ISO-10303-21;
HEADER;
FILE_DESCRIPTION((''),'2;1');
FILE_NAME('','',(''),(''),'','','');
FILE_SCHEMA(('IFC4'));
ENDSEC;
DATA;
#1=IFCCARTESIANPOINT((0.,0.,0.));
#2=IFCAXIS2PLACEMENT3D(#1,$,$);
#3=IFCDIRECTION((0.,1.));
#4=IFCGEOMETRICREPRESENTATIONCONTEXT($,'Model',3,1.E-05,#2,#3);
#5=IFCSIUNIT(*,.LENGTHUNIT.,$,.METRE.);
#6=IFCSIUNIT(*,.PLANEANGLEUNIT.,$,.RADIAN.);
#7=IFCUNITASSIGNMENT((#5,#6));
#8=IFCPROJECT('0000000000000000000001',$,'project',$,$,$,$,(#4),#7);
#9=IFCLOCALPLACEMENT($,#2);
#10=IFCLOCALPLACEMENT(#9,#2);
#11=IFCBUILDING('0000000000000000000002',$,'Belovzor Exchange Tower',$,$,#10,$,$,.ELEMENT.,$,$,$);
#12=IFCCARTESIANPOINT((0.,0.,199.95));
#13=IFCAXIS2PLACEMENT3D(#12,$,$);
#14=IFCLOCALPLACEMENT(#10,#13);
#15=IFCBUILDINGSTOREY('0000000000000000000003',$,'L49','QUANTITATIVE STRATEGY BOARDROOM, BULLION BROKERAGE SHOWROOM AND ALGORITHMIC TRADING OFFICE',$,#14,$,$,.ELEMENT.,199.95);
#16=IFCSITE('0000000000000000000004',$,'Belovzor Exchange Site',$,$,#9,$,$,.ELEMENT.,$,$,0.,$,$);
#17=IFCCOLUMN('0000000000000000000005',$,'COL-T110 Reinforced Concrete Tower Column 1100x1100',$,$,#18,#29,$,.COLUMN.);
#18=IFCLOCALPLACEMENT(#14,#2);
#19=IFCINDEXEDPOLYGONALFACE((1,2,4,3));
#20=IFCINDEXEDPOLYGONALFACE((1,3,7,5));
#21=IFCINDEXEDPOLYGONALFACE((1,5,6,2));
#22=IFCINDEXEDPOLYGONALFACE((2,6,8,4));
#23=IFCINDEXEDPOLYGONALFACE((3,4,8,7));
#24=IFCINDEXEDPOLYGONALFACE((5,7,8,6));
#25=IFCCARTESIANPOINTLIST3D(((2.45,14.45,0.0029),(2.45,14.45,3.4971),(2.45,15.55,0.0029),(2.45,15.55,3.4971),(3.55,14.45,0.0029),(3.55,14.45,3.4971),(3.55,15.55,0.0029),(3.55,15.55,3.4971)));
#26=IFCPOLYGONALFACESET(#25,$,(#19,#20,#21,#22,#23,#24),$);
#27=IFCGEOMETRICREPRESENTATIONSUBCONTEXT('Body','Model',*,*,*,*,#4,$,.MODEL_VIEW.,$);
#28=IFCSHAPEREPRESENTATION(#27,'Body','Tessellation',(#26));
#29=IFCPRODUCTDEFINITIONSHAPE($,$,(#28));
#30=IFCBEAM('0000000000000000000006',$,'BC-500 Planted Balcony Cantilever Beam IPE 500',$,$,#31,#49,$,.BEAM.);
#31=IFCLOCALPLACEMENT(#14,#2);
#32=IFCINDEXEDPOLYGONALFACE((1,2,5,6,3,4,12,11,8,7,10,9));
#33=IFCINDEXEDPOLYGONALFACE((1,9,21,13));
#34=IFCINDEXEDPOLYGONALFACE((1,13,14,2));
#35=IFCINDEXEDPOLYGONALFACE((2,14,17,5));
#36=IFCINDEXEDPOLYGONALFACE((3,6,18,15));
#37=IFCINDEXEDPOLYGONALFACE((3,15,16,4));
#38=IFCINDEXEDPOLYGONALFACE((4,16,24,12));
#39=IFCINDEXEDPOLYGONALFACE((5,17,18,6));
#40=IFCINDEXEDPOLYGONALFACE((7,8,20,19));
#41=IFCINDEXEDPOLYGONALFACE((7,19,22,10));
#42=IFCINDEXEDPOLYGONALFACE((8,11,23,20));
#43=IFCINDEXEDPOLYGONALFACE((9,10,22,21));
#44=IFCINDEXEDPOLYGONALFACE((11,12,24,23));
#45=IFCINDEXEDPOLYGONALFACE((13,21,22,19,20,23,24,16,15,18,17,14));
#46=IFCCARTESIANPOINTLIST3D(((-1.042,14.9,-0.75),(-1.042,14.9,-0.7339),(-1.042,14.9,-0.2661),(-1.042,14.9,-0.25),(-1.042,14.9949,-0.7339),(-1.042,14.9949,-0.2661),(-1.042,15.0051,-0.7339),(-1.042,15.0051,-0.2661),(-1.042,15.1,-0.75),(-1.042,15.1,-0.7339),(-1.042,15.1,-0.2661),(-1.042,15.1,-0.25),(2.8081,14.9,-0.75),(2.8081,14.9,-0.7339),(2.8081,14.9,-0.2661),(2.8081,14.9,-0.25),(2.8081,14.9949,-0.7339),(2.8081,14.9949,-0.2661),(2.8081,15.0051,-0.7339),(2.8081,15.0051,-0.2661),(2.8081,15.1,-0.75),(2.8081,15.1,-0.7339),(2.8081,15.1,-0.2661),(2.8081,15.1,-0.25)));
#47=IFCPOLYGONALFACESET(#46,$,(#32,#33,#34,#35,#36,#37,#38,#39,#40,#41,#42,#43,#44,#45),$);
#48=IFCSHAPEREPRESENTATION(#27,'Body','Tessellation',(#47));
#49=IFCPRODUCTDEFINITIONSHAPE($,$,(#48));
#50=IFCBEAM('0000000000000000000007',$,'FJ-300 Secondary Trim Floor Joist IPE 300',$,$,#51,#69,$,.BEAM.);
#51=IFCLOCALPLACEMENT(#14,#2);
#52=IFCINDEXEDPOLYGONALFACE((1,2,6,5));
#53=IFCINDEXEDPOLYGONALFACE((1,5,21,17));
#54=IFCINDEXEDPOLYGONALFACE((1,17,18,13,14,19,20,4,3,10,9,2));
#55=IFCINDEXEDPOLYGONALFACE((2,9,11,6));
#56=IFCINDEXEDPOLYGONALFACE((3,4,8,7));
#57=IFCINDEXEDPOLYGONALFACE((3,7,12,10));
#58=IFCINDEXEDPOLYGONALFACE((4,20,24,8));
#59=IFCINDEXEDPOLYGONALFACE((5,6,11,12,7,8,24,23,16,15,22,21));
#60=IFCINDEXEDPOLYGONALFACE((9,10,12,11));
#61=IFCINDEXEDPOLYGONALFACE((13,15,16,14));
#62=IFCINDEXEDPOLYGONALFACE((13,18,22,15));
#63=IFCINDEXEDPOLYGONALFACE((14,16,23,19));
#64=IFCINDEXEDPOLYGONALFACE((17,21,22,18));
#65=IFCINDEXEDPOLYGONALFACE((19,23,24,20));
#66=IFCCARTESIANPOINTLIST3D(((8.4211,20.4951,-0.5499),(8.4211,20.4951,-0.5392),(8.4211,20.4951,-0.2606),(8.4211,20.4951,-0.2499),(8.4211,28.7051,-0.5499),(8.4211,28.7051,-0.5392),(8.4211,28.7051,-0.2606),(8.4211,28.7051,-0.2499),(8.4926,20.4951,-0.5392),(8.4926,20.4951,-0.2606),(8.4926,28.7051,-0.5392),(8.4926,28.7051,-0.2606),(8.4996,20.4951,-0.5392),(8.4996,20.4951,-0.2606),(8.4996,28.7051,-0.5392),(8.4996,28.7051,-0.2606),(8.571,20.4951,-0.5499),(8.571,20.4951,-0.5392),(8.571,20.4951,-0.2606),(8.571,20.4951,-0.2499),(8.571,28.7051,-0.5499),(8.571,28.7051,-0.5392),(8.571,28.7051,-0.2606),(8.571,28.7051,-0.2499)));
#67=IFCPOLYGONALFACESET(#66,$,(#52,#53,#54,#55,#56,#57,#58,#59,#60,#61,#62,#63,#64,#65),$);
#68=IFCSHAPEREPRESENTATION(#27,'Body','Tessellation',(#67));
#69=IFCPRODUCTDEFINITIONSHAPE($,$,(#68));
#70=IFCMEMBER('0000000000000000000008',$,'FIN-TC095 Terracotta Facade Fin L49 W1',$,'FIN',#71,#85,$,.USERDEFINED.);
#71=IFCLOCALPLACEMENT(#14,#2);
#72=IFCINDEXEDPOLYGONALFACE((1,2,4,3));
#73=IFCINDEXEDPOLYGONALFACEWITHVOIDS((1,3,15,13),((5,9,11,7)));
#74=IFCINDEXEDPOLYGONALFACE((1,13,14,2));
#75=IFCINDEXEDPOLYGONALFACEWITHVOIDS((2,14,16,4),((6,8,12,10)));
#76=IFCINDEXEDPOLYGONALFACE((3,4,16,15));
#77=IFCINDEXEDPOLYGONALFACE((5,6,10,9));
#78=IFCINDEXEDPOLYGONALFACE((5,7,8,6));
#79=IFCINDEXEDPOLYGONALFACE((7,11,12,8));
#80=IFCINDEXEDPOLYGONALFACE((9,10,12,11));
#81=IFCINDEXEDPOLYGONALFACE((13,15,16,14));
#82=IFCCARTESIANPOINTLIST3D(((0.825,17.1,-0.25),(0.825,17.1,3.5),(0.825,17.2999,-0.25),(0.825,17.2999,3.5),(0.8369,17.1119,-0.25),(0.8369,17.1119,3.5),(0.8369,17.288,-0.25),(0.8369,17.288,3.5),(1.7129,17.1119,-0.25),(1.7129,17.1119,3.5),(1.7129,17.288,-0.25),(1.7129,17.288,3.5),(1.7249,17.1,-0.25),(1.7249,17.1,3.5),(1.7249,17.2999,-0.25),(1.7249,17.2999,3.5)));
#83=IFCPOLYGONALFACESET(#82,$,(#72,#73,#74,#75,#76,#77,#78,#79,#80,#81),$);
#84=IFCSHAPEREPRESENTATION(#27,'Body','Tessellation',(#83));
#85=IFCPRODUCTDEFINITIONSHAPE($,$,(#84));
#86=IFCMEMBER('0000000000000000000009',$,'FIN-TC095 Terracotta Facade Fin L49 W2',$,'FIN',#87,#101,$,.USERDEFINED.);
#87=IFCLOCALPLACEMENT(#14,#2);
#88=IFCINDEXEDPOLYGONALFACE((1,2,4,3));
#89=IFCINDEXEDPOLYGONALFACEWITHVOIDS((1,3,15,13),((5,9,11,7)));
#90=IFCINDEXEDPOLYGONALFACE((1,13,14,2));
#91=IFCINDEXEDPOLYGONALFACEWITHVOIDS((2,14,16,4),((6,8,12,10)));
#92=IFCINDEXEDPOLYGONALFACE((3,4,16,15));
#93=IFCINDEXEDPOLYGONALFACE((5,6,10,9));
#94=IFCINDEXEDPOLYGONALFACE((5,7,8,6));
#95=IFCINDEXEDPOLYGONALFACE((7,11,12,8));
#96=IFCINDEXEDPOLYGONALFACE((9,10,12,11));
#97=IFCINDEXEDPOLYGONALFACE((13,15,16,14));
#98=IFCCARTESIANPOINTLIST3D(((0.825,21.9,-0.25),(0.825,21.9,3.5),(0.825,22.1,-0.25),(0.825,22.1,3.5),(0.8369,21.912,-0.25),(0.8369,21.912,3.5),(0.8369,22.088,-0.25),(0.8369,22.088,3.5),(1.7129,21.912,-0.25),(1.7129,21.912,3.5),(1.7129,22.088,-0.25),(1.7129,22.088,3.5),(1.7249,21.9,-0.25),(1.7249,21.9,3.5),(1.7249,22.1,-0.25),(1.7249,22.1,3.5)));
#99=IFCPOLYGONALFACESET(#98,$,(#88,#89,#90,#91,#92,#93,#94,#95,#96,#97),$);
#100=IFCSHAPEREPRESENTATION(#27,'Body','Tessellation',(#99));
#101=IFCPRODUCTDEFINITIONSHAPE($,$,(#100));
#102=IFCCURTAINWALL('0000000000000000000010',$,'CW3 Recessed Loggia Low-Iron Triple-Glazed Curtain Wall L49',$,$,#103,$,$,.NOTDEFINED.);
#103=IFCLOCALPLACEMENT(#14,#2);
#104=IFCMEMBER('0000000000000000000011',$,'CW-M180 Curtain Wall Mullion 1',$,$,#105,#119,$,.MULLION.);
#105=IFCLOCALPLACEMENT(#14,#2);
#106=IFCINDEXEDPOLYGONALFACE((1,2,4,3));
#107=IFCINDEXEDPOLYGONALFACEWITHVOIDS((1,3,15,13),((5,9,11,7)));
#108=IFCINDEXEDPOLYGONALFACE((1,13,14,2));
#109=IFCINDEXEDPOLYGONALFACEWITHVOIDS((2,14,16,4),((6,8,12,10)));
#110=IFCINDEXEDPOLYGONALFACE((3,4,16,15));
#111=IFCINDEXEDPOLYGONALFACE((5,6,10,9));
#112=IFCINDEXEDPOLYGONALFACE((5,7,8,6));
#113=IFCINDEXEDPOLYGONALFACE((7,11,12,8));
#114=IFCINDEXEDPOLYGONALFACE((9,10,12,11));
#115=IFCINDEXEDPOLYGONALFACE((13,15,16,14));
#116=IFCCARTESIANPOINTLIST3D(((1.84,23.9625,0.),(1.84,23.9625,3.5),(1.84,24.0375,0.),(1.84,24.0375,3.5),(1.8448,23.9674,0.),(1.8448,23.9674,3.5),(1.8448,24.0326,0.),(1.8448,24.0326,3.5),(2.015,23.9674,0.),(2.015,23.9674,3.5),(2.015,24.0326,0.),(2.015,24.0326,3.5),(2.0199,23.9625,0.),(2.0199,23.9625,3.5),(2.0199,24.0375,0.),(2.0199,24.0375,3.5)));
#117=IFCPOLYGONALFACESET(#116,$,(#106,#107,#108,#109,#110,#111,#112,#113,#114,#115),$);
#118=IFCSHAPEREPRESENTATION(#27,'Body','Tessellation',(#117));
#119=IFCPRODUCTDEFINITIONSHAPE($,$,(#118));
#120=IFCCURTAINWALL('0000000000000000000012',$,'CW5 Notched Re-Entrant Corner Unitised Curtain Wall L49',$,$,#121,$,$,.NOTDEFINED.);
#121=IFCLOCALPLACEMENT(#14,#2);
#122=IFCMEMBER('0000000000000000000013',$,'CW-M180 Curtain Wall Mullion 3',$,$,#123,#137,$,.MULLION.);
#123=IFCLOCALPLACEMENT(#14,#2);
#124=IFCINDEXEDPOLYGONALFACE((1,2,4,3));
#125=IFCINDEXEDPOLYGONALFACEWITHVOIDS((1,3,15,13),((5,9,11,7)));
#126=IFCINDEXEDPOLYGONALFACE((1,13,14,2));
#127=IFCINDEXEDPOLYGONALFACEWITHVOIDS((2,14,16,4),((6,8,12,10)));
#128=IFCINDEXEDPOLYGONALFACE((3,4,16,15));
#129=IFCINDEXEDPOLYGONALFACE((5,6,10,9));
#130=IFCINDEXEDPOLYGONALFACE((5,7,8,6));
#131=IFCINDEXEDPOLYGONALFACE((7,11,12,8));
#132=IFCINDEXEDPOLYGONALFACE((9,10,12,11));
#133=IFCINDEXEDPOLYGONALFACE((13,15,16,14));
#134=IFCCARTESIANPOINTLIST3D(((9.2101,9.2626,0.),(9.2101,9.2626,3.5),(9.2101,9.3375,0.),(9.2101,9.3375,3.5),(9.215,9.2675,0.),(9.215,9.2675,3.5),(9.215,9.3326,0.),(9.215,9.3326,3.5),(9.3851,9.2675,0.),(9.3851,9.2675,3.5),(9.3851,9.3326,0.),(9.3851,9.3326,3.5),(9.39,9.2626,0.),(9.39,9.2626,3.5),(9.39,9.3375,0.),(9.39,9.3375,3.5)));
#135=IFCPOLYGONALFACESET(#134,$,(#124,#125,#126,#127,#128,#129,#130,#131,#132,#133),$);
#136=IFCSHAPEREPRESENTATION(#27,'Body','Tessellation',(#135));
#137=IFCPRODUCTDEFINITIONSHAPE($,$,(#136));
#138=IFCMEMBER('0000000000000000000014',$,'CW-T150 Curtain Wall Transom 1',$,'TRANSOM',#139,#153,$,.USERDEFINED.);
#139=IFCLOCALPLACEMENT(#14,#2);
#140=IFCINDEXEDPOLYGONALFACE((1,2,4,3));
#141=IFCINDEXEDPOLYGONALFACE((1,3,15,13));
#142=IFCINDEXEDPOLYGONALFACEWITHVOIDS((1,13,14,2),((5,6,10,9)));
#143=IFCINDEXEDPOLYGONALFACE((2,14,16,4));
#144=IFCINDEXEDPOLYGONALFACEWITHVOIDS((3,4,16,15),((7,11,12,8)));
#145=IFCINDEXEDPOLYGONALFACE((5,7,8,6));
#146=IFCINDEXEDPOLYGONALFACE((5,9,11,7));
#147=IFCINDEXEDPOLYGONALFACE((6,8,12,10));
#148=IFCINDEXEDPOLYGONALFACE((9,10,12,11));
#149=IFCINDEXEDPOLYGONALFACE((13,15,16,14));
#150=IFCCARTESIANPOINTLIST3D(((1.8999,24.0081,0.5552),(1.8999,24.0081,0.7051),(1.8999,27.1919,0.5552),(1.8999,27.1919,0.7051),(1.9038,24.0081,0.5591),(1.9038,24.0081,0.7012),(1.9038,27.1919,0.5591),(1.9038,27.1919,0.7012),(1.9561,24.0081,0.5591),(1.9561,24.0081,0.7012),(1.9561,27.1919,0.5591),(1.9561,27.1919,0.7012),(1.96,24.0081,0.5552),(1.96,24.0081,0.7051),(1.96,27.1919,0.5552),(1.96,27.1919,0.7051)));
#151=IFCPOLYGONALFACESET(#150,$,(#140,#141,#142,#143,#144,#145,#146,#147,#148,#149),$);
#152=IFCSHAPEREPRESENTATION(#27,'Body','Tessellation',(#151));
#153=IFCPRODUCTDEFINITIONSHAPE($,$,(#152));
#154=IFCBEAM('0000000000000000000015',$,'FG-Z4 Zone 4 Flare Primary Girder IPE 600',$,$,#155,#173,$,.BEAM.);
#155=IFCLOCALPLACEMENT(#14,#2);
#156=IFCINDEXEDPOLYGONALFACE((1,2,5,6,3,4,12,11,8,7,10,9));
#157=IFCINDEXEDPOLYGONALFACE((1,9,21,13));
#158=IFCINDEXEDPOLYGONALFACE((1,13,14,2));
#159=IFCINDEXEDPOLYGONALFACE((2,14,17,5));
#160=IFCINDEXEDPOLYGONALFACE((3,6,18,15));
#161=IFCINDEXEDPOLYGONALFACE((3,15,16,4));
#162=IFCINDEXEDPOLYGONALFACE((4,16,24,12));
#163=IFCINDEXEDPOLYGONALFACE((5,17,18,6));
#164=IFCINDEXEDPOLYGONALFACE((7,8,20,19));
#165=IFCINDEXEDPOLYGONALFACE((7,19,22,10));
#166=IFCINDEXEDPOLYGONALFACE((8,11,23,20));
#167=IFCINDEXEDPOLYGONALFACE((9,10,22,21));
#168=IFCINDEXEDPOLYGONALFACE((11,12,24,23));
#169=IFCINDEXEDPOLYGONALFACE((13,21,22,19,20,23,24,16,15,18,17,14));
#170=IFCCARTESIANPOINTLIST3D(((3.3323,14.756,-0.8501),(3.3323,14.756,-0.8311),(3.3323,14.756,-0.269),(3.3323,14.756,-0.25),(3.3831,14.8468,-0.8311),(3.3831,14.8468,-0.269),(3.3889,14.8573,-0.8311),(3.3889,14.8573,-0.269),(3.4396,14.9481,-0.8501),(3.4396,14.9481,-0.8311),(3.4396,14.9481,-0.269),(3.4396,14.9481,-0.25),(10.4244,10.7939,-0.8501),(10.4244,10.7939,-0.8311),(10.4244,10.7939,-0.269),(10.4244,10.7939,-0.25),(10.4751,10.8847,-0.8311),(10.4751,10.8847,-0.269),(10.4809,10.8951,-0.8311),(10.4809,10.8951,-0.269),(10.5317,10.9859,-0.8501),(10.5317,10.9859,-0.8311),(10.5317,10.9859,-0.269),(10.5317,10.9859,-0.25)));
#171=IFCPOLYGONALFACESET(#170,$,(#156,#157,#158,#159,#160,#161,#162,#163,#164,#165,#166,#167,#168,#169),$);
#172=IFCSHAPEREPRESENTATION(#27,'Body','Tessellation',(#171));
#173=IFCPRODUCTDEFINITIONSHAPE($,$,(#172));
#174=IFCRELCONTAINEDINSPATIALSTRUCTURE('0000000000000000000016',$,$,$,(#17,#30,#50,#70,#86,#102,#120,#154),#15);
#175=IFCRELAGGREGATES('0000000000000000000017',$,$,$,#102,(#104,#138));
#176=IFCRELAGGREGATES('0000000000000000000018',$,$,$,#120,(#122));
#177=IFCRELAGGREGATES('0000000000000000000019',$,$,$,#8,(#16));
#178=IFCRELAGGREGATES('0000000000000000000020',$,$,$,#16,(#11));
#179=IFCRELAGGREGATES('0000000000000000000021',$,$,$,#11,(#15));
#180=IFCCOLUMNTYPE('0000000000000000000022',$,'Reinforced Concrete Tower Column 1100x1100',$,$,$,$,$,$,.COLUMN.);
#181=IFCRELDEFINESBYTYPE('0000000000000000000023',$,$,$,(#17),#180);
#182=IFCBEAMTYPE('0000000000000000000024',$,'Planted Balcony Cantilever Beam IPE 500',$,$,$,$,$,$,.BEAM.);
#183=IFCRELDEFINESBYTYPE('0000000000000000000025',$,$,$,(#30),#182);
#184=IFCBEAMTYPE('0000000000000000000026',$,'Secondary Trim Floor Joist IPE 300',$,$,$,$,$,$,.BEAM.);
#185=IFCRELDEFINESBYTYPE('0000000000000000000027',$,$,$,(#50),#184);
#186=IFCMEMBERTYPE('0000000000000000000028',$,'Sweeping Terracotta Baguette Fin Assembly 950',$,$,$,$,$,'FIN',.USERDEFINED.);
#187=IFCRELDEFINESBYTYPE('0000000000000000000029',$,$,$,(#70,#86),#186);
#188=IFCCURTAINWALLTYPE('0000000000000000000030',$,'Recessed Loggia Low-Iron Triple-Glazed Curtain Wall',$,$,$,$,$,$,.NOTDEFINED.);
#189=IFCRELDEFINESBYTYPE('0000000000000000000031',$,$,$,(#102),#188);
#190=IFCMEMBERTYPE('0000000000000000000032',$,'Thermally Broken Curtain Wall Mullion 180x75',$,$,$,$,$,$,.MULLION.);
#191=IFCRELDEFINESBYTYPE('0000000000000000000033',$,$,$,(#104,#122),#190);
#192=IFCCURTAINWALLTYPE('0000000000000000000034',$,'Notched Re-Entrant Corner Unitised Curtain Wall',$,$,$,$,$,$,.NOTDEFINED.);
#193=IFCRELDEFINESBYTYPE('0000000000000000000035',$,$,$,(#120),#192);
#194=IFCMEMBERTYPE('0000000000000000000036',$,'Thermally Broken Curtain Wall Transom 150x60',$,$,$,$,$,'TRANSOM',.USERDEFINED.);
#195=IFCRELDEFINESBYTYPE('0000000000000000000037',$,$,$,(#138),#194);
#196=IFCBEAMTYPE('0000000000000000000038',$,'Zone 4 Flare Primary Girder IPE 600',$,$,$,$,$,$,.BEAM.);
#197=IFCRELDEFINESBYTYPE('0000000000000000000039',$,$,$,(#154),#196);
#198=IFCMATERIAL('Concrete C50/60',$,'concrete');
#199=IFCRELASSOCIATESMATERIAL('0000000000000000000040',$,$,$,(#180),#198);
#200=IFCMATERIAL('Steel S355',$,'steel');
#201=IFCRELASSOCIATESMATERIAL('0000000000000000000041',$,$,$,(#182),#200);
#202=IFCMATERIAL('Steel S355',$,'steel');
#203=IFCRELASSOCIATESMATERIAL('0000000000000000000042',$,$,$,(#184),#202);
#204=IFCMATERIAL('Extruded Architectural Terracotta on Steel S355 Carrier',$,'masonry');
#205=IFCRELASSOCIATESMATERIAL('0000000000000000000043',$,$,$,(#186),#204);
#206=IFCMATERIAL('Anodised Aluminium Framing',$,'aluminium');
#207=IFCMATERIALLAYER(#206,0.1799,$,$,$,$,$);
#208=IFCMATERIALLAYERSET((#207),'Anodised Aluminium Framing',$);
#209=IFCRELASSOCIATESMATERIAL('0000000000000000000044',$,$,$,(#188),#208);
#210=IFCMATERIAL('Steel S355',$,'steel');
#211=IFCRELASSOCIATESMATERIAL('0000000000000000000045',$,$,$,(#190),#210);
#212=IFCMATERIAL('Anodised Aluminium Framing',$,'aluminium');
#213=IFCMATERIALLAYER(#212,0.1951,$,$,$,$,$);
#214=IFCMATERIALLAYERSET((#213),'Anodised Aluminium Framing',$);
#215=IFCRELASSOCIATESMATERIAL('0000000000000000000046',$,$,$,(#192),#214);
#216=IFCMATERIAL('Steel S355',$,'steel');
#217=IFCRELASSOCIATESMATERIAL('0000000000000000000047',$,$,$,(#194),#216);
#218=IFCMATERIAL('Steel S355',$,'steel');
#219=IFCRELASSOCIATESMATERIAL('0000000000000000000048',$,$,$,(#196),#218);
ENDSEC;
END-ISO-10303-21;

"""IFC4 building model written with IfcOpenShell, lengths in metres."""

from ifc_helpers import new_model, si_unit, direction, frame, origin, origin_2d, place, context, subcontext, project, spatial, rectangle, hollow_rectangle, i_section, extrude, material, layer, layer_set, material_profile, profile_set, type_object, element, aggregate, save


model = new_model("IFC4")

# Units and contexts
model_context = context("Model", 3, precision=1e-05, world=origin(), true_north=direction((0.0, 1.0)))
body_context = subcontext(model_context, "Body", "Model", "MODEL_VIEW")
ifc_project = project(units=[si_unit("LENGTHUNIT", "METRE"), si_unit("PLANEANGLEUNIT", "RADIAN")], contexts=[model_context])

# Site, building, storey
site_placement = place(None, origin())
site = spatial("IfcSite", under=ifc_project, at=site_placement, Name="Belovzor Exchange Site", CompositionType="ELEMENT", RefElevation=0.0)
building_placement = place(site_placement, origin())
building = spatial("IfcBuilding", under=site, at=building_placement, Name="Belovzor Exchange Tower", CompositionType="ELEMENT")
storey_placement = place(building_placement, frame((0.0, 0.0, 199.95)))
storey = spatial("IfcBuildingStorey", under=building, at=storey_placement, Name="L49", Description="QUANTITATIVE STRATEGY BOARDROOM, BULLION BROKERAGE SHOWROOM AND ALGORITHMIC TRADING OFFICE", CompositionType="ELEMENT", Elevation=199.95)

# Column
ifc_material_1 = material(Name="Concrete C50/60", Category="concrete")
ifc_material_profile_1 = material_profile(ifc_material_1, rectangle(XDim=1.1001, YDim=1.1001, at=origin_2d()))
ifc_profile_set_1 = profile_set([ifc_material_profile_1], Name="Concrete C50/60")
column_type = type_object("IfcColumnType", Name="Reinforced Concrete Tower Column 1100x1100", PredefinedType="COLUMN", material=ifc_profile_set_1)
column_placement = place(storey_placement, frame((3.0, 15.0, 0.0029), z_axis=(0.0, 0.0, 1.0), x_axis=(1.0, 0.0, 0.0)))
element("IfcColumn", 1, at=column_placement, inside=storey, type_object=column_type, Name="COL-T110 Reinforced Concrete Tower Column 1100x1100", PredefinedType="COLUMN", context=body_context, shape_type="SweptSolid", body=[
    extrude(rectangle(XDim=1.1001, YDim=1.1001, at=origin_2d()), origin(), (0.0, 0.0, 1.0), 3.4941),
])

# Beams
ifc_material_2 = material(Name="Steel S355", Category="steel")
ifc_material_profile_2 = material_profile(ifc_material_2, i_section(OverallWidth=0.2, OverallDepth=0.5, WebThickness=0.0103, FlangeThickness=0.0161, at=origin_2d()))
ifc_profile_set_2 = profile_set([ifc_material_profile_2], Name="Steel S355")
beam_type_1 = type_object("IfcBeamType", Name="Planted Balcony Cantilever Beam IPE 500", PredefinedType="BEAM", material=ifc_profile_set_2)
beam_1_placement = place(storey_placement, frame((2.8081, 15.0, -0.5), z_axis=(-1.0, 0.0, 0.0), x_axis=(0.0, -1.0, 0.0)))
element("IfcBeam", 2, at=beam_1_placement, inside=storey, type_object=beam_type_1, Name="BC-500 Planted Balcony Cantilever Beam IPE 500", PredefinedType="BEAM", context=body_context, shape_type="SweptSolid", body=[
    extrude(i_section(OverallWidth=0.2, OverallDepth=0.5, WebThickness=0.0103, FlangeThickness=0.0161, at=origin_2d()), origin(), (0.0, 0.0, 1.0), 3.8501),
])
ifc_material_3 = material(Name="Steel S355", Category="steel")
ifc_material_profile_3 = material_profile(ifc_material_3, i_section(OverallWidth=0.1499, OverallDepth=0.3, WebThickness=0.0071, FlangeThickness=0.0107, at=origin_2d()))
ifc_profile_set_3 = profile_set([ifc_material_profile_3], Name="Steel S355")
beam_type_2 = type_object("IfcBeamType", Name="Secondary Trim Floor Joist IPE 300", PredefinedType="BEAM", material=ifc_profile_set_3)
beam_2_placement = place(storey_placement, frame((8.4961, 20.4951, -0.3999), z_axis=(0.0, 1.0, 0.0), x_axis=(-1.0, 0.0, 0.0)))
element("IfcBeam", 3, at=beam_2_placement, inside=storey, type_object=beam_type_2, Name="FJ-300 Secondary Trim Floor Joist IPE 300", PredefinedType="BEAM", context=body_context, shape_type="SweptSolid", body=[
    extrude(i_section(OverallWidth=0.1499, OverallDepth=0.3, WebThickness=0.0071, FlangeThickness=0.0107, at=origin_2d()), origin(), (0.0, 0.0, 1.0), 8.21),
])

# Members
ifc_material_4 = material(Name="Extruded Architectural Terracotta on Steel S355 Carrier", Category="masonry")
ifc_material_profile_4 = material_profile(ifc_material_4, hollow_rectangle(XDim=0.2, YDim=0.8999, WallThickness=0.012, at=origin_2d()))
ifc_profile_set_4 = profile_set([ifc_material_profile_4], Name="Extruded Architectural Terracotta on Steel S355 Carrier")
member_type_1 = type_object("IfcMemberType", Name="Sweeping Terracotta Baguette Fin Assembly 950", ElementType="FIN", PredefinedType="USERDEFINED", material=ifc_profile_set_4)
for number, where, z_axis, x_axis, name in (
    (4, (1.2749, 17.2, -0.25), (0.0, 0.0, 1.0), (0.0, 1.0, 0.0), "FIN-TC095 Terracotta Facade Fin L49 W1"),
    (5, (1.2749, 22.0, -0.25), (0.0, 0.0, 1.0), (0.0, 1.0, 0.0), "FIN-TC095 Terracotta Facade Fin L49 W2"),
):
    element("IfcMember", number, at=place(storey_placement, frame(where, z_axis=z_axis, x_axis=x_axis)), inside=storey, type_object=member_type_1, Name=name, ObjectType="FIN", PredefinedType="USERDEFINED", context=body_context, shape_type="SweptSolid", body=[
        extrude(hollow_rectangle(XDim=0.2, YDim=0.8999, WallThickness=0.012, at=origin_2d()), origin(), (0.0, 0.0, 1.0), 3.75),
    ])

# Curtain walls, members
ifc_material_5 = material(Name="Anodised Aluminium Framing", Category="aluminium")
ifc_layer_1 = layer(ifc_material_5, 0.1799)
ifc_layer_set_1 = layer_set([ifc_layer_1], Name="Anodised Aluminium Framing")
curtain_wall_type_1 = type_object("IfcCurtainWallType", Name="Recessed Loggia Low-Iron Triple-Glazed Curtain Wall", PredefinedType="NOTDEFINED", material=ifc_layer_set_1)
curtain_wall_1_placement = place(storey_placement, origin())
curtain_wall_1 = element("IfcCurtainWall", 6, at=curtain_wall_1_placement, inside=storey, type_object=curtain_wall_type_1, Name="CW3 Recessed Loggia Low-Iron Triple-Glazed Curtain Wall L49", PredefinedType="NOTDEFINED")
ifc_material_6 = material(Name="Steel S355", Category="steel")
ifc_material_profile_5 = material_profile(ifc_material_6, hollow_rectangle(XDim=0.075, YDim=0.1799, WallThickness=0.0049, at=origin_2d()))
ifc_profile_set_5 = profile_set([ifc_material_profile_5], Name="Steel S355")
member_type_2 = type_object("IfcMemberType", Name="Thermally Broken Curtain Wall Mullion 180x75", PredefinedType="MULLION", material=ifc_profile_set_5)
member_1_placement = place(storey_placement, frame((1.9299, 24.0, 0.0), z_axis=(0.0, 0.0, 1.0), x_axis=(0.0, 1.0, 0.0)))
member_1 = element("IfcMember", 7, at=member_1_placement, type_object=member_type_2, Name="CW-M180 Curtain Wall Mullion 1", PredefinedType="MULLION", context=body_context, shape_type="SweptSolid", body=[
    extrude(hollow_rectangle(XDim=0.075, YDim=0.1799, WallThickness=0.0049, at=origin_2d()), origin(), (0.0, 0.0, 1.0), 3.5),
])
ifc_material_7 = material(Name="Anodised Aluminium Framing", Category="aluminium")
ifc_layer_2 = layer(ifc_material_7, 0.1951)
ifc_layer_set_2 = layer_set([ifc_layer_2], Name="Anodised Aluminium Framing")
curtain_wall_type_2 = type_object("IfcCurtainWallType", Name="Notched Re-Entrant Corner Unitised Curtain Wall", PredefinedType="NOTDEFINED", material=ifc_layer_set_2)
curtain_wall_2_placement = place(storey_placement, origin())
curtain_wall_2 = element("IfcCurtainWall", 8, at=curtain_wall_2_placement, inside=storey, type_object=curtain_wall_type_2, Name="CW5 Notched Re-Entrant Corner Unitised Curtain Wall L49", PredefinedType="NOTDEFINED")
member_2_placement = place(storey_placement, frame((9.3, 9.3, 0.0), z_axis=(0.0, 0.0, 1.0), x_axis=(0.0, 1.0, 0.0)))
member_2 = element("IfcMember", 9, at=member_2_placement, type_object=member_type_2, Name="CW-M180 Curtain Wall Mullion 3", PredefinedType="MULLION", context=body_context, shape_type="SweptSolid", body=[
    extrude(hollow_rectangle(XDim=0.075, YDim=0.1799, WallThickness=0.0049, at=origin_2d()), origin(), (0.0, 0.0, 1.0), 3.5),
])

# Member
ifc_material_8 = material(Name="Steel S355", Category="steel")
ifc_material_profile_6 = material_profile(ifc_material_8, hollow_rectangle(XDim=0.0601, YDim=0.1499, WallThickness=0.0039, at=origin_2d()))
ifc_profile_set_6 = profile_set([ifc_material_profile_6], Name="Steel S355")
member_type_3 = type_object("IfcMemberType", Name="Thermally Broken Curtain Wall Transom 150x60", ElementType="TRANSOM", PredefinedType="USERDEFINED", material=ifc_profile_set_6)
member_3_placement = place(storey_placement, frame((1.9299, 24.0081, 0.6301), z_axis=(0.0, 1.0, 0.0), x_axis=(-1.0, 0.0, 0.0)))
member_3 = element("IfcMember", 10, at=member_3_placement, type_object=member_type_3, Name="CW-T150 Curtain Wall Transom 1", ObjectType="TRANSOM", PredefinedType="USERDEFINED", context=body_context, shape_type="SweptSolid", body=[
    extrude(hollow_rectangle(XDim=0.0601, YDim=0.1499, WallThickness=0.0039, at=origin_2d()), origin(), (0.0, 0.0, 1.0), 3.1838),
])

# Beam
ifc_material_9 = material(Name="Steel S355", Category="steel")
ifc_material_profile_7 = material_profile(ifc_material_9, i_section(OverallWidth=0.22, OverallDepth=0.6001, WebThickness=0.012, FlangeThickness=0.019, at=origin_2d()))
ifc_profile_set_7 = profile_set([ifc_material_profile_7], Name="Steel S355")
beam_type_3 = type_object("IfcBeamType", Name="Zone 4 Flare Primary Girder IPE 600", PredefinedType="BEAM", material=ifc_profile_set_7)
beam_3_placement = place(storey_placement, frame((3.386, 14.8521, -0.55), z_axis=(0.872998, -0.487724, 0.0), x_axis=(0.487724, 0.872998, 0.0)))
element("IfcBeam", 11, at=beam_3_placement, inside=storey, type_object=beam_type_3, Name="FG-Z4 Zone 4 Flare Primary Girder IPE 600", PredefinedType="BEAM", context=body_context, shape_type="SweptSolid", body=[
    extrude(i_section(OverallWidth=0.22, OverallDepth=0.6001, WebThickness=0.012, FlangeThickness=0.019, at=origin_2d()), origin(), (0.0, 0.0, 1.0), 8.1238),
])

aggregate(curtain_wall_1, [member_1, member_3])
aggregate(curtain_wall_2, [member_2])

save(model, "model.ifc")
